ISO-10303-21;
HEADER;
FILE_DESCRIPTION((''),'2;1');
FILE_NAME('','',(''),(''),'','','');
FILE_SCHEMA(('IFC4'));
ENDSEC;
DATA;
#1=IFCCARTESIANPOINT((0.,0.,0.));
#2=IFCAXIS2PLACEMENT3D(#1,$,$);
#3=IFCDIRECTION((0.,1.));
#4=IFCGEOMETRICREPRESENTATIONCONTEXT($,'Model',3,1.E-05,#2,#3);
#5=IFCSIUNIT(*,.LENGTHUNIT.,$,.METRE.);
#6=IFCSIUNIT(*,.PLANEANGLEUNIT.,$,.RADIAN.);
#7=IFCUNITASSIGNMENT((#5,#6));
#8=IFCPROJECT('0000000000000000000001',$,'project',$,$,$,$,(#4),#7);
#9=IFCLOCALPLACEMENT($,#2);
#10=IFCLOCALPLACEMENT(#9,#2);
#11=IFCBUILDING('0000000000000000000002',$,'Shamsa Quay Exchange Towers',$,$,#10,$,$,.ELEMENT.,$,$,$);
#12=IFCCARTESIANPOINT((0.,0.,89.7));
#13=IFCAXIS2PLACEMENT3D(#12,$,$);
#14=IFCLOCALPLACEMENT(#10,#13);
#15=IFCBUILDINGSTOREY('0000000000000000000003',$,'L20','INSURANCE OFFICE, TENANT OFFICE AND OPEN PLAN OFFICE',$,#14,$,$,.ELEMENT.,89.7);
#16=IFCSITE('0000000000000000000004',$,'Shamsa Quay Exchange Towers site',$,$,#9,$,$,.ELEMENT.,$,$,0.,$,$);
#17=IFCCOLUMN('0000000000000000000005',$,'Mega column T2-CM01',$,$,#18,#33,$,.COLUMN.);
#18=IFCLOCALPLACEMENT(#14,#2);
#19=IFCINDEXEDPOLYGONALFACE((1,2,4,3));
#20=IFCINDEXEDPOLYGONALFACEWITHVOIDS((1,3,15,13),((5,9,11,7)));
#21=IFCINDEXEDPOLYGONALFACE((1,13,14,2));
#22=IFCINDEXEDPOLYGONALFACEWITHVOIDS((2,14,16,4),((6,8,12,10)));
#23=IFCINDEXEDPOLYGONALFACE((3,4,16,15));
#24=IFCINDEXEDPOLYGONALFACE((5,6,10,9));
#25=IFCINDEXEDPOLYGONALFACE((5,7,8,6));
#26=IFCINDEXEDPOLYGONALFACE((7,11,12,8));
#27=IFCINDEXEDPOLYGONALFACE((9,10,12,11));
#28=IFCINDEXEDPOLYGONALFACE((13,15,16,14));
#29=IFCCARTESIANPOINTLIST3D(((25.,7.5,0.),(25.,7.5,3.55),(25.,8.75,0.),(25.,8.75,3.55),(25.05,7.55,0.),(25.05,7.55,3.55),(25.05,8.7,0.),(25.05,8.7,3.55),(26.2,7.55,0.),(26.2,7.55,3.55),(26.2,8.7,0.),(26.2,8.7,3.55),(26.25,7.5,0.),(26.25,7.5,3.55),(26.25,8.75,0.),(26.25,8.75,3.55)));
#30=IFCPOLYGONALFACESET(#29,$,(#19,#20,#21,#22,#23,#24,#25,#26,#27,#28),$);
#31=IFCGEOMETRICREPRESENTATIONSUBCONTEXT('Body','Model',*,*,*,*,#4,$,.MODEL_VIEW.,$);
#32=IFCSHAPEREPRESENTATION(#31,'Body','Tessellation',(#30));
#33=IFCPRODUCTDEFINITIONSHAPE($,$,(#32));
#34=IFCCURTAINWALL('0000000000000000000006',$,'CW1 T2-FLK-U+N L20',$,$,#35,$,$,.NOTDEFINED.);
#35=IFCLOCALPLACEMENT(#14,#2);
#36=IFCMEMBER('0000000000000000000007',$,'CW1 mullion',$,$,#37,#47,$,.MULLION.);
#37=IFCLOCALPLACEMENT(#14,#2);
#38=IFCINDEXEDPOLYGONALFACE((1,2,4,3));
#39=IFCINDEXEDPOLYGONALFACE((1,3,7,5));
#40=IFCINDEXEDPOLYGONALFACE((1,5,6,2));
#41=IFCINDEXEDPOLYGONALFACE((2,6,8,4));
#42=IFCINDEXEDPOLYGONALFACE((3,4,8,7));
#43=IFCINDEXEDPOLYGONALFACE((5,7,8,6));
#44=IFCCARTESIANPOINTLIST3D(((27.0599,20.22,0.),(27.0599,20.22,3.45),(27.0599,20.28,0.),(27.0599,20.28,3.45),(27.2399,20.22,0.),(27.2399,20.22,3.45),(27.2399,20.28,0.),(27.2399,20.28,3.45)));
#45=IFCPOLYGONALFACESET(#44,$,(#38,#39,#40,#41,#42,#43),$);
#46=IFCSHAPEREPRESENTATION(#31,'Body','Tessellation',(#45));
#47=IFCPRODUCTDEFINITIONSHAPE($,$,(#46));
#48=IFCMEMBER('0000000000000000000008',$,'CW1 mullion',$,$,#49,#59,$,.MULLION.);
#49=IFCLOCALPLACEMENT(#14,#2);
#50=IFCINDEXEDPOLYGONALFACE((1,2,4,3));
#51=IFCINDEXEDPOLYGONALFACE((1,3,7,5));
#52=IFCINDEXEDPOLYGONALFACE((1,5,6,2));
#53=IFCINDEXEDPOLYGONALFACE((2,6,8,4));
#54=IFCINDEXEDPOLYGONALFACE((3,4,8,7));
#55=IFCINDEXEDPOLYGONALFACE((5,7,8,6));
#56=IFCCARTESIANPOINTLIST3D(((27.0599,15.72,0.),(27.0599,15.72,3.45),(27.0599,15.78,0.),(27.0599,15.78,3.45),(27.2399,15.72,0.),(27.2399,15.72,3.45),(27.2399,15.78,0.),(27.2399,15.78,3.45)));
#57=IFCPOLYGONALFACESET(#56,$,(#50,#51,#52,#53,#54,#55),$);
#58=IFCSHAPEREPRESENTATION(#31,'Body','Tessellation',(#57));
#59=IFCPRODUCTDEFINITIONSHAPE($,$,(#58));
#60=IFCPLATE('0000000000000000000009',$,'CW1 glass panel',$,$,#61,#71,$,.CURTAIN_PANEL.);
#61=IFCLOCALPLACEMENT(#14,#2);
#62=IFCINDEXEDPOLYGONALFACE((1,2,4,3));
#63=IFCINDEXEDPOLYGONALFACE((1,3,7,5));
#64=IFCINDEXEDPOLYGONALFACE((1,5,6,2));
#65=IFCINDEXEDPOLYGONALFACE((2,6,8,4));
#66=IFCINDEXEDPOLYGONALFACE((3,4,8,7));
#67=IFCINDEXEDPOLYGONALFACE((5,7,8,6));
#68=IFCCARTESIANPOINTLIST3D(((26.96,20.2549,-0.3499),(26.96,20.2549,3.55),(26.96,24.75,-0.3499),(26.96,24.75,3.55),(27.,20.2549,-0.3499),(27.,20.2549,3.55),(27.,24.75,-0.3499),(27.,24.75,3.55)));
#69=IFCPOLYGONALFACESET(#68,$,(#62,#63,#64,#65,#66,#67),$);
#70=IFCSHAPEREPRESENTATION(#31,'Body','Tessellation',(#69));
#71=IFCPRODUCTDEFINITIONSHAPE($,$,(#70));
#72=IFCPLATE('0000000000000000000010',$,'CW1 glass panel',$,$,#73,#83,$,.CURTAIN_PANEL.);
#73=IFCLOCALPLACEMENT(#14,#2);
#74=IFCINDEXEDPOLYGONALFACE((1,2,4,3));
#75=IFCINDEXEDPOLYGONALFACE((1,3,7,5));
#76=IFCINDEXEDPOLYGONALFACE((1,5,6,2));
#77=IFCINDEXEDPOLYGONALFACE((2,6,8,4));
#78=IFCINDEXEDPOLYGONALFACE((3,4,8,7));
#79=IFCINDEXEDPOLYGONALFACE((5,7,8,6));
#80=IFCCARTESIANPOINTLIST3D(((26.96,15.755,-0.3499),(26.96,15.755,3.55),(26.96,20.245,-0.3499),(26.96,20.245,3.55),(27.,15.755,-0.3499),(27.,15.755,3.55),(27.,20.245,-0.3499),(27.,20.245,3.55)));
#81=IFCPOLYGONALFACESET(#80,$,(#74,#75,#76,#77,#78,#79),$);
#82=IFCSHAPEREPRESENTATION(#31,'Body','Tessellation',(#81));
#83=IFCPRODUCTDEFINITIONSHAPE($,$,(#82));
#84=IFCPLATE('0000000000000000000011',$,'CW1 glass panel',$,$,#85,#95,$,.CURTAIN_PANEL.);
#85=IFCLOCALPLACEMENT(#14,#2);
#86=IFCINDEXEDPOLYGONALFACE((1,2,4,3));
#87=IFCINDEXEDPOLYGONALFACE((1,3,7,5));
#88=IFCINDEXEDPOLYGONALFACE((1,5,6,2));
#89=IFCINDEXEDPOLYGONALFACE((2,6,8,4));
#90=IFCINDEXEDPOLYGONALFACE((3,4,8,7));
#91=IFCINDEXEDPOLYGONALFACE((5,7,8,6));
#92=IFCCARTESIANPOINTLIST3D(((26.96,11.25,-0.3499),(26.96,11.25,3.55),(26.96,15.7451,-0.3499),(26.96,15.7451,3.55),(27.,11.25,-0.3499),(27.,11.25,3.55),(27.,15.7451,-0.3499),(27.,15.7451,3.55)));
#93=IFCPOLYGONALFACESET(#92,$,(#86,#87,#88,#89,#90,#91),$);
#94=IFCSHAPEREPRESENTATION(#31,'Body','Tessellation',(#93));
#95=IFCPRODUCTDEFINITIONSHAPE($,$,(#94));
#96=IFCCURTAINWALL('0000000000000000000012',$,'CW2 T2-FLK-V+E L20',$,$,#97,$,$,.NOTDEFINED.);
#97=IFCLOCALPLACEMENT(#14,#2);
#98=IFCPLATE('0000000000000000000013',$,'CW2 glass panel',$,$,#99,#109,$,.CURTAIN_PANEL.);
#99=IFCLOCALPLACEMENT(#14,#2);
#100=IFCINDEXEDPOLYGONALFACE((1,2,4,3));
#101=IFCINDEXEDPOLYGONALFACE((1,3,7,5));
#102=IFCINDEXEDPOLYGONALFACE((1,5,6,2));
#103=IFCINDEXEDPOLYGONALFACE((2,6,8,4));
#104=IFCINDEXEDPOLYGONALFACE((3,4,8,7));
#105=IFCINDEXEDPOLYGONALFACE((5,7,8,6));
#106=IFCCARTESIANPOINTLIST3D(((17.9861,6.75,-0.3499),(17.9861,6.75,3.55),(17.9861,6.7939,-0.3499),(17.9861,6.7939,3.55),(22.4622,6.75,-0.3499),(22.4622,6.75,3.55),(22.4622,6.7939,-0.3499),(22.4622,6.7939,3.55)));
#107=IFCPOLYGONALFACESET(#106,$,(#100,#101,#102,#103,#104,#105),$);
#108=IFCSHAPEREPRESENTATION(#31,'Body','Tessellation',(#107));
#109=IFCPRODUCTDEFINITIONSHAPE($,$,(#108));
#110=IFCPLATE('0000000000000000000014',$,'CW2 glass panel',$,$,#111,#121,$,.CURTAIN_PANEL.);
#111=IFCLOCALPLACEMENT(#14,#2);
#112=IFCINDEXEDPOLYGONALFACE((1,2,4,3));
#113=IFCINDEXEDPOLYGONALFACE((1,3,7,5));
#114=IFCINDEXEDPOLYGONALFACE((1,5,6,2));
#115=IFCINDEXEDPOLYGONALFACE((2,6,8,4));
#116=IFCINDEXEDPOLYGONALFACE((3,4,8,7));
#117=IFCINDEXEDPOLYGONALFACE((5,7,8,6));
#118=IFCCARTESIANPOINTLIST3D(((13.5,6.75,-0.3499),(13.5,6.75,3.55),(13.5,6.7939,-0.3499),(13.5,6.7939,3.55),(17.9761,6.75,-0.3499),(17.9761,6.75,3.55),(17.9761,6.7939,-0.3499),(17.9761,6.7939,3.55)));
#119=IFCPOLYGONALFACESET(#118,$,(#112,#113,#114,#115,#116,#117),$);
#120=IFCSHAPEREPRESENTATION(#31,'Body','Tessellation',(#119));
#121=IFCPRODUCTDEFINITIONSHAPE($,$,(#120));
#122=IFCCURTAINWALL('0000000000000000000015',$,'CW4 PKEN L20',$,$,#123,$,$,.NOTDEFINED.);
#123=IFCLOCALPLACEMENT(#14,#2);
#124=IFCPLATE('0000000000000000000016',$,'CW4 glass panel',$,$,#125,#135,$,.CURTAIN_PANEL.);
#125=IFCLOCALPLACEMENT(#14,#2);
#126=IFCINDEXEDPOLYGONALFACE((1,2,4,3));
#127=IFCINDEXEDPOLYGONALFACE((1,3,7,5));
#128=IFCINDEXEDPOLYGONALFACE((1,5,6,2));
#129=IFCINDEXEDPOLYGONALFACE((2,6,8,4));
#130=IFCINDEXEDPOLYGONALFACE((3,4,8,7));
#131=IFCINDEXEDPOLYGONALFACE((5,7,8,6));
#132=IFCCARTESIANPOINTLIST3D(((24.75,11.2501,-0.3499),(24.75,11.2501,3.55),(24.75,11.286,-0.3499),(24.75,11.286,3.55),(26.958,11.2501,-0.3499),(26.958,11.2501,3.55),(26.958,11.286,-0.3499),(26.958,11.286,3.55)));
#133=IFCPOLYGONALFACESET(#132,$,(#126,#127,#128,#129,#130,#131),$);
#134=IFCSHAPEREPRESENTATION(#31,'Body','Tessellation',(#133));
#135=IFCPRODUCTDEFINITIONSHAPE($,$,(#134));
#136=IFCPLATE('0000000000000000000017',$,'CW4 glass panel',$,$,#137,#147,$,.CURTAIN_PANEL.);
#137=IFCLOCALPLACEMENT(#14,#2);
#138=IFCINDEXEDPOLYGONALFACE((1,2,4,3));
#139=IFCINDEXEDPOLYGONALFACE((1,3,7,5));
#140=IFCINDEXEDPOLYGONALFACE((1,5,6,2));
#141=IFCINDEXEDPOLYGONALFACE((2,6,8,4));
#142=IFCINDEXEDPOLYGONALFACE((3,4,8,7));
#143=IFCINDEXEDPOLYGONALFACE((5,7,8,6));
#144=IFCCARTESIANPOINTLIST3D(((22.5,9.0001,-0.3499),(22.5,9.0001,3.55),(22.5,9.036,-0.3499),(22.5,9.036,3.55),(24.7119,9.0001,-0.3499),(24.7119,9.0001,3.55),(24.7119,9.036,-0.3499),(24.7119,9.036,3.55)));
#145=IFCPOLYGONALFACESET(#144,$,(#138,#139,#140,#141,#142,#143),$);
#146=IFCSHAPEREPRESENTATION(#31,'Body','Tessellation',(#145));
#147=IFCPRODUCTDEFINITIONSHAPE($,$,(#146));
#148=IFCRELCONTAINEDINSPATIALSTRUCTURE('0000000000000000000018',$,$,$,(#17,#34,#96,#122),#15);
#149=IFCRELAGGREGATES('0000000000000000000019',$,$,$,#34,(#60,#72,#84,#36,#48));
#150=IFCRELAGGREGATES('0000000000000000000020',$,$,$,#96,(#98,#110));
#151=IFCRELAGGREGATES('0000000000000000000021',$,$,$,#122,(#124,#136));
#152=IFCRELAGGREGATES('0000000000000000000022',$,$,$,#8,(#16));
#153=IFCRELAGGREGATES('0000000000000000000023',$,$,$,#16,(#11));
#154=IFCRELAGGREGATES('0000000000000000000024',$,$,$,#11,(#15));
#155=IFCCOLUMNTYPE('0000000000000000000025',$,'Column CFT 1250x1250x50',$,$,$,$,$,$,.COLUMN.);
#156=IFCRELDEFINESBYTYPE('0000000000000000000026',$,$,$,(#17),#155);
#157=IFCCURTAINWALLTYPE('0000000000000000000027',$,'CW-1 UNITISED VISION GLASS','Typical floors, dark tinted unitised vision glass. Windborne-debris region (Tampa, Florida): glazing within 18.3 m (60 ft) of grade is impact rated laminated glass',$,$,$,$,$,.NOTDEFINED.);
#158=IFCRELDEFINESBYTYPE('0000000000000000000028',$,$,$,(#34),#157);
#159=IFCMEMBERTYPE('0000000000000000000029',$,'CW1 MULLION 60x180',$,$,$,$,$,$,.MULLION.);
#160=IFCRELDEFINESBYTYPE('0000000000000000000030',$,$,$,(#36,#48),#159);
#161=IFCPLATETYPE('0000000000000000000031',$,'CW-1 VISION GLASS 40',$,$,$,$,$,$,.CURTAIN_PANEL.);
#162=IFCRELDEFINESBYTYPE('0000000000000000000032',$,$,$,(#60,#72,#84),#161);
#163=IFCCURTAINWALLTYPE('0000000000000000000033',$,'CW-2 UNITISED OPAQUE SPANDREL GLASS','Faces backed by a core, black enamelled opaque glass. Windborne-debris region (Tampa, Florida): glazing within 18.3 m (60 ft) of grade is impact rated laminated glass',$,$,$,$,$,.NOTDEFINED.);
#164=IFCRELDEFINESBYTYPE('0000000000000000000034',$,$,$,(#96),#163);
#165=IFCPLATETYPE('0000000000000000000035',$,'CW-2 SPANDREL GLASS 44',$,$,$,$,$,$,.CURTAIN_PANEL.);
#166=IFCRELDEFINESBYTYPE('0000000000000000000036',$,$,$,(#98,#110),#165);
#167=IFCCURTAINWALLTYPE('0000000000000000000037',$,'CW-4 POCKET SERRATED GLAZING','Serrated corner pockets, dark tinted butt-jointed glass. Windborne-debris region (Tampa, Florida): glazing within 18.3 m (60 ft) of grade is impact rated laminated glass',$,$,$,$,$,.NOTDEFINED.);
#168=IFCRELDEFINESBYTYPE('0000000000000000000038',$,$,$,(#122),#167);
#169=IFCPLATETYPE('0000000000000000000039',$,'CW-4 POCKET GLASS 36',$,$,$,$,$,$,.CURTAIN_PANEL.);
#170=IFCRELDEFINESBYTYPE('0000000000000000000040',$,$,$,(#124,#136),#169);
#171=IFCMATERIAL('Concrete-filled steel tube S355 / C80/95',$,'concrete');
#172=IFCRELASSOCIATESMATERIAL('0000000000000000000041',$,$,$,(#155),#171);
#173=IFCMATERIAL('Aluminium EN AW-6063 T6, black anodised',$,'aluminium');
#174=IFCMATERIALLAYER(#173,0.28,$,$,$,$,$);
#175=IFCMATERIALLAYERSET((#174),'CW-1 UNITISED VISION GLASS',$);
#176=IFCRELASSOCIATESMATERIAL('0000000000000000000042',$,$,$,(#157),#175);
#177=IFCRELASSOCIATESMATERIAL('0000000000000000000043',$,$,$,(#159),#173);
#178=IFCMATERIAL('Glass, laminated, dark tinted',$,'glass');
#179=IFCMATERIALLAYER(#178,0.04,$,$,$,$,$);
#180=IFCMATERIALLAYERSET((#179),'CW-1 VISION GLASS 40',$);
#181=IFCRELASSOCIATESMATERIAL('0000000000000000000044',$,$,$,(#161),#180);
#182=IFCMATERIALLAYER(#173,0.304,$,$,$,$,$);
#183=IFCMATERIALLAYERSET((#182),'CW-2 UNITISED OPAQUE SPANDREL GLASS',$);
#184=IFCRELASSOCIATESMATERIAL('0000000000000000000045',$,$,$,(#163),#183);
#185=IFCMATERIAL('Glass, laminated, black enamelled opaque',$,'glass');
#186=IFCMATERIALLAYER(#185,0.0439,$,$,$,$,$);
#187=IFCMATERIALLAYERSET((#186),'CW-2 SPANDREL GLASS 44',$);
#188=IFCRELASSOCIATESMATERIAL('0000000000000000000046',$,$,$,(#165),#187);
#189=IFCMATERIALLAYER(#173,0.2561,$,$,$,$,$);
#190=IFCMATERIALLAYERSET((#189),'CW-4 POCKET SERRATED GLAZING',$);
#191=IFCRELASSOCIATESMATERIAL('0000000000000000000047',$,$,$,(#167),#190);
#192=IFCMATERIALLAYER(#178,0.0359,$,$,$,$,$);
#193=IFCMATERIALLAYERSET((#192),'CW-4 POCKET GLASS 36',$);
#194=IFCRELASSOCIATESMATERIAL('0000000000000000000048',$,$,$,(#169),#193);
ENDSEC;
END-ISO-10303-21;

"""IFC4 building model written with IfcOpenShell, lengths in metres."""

from ifc_helpers import new_model, si_unit, direction, frame, origin, origin_2d, place, context, subcontext, project, spatial, rectangle, hollow_rectangle, extrude, material, layer, layer_set, material_profile, profile_set, type_object, element, aggregate, save


model = new_model("IFC4")

# Units and contexts
model_context = context("Model", 3, precision=1e-05, world=origin(), true_north=direction((0.0, 1.0)))
body_context = subcontext(model_context, "Body", "Model", "MODEL_VIEW")
ifc_project = project(units=[si_unit("LENGTHUNIT", "METRE"), si_unit("PLANEANGLEUNIT", "RADIAN")], contexts=[model_context])

# Site, building, storey
site_placement = place(None, origin())
site = spatial("IfcSite", under=ifc_project, at=site_placement, Name="Shamsa Quay Exchange Towers site", CompositionType="ELEMENT", RefElevation=0.0)
building_placement = place(site_placement, origin())
building = spatial("IfcBuilding", under=site, at=building_placement, Name="Shamsa Quay Exchange Towers", CompositionType="ELEMENT")
storey_placement = place(building_placement, frame((0.0, 0.0, 89.7)))
storey = spatial("IfcBuildingStorey", under=building, at=storey_placement, Name="L20", Description="INSURANCE OFFICE, TENANT OFFICE AND OPEN PLAN OFFICE", CompositionType="ELEMENT", Elevation=89.7)

# Column
ifc_material_1 = material(Name="Concrete-filled steel tube S355 / C80/95", Category="concrete")
ifc_material_profile_1 = material_profile(ifc_material_1, hollow_rectangle(XDim=1.25, YDim=1.25, WallThickness=0.05, at=origin_2d()), Name="CFT 1250x1250x50")
ifc_profile_set_1 = profile_set([ifc_material_profile_1], Name="Concrete-filled steel tube S355 / C80/95")
column_type = type_object("IfcColumnType", Name="Column CFT 1250x1250x50", PredefinedType="COLUMN", material=ifc_profile_set_1)
column_placement = place(storey_placement, frame((25.625, 8.125, 0.0)))
element("IfcColumn", 1, at=column_placement, inside=storey, type_object=column_type, Name="Mega column T2-CM01", PredefinedType="COLUMN", context=body_context, shape_type="SweptSolid", body=[
    extrude(hollow_rectangle(XDim=1.25, YDim=1.25, WallThickness=0.05, at=origin_2d()), origin(), (0.0, 0.0, 1.0), 3.55),
])

# Curtain wall, members, plates
ifc_material_2 = material(Name="Aluminium EN AW-6063 T6, black anodised", Category="aluminium")
ifc_layer_1 = layer(ifc_material_2, 0.28)
ifc_layer_set_1 = layer_set([ifc_layer_1], Name="CW-1 UNITISED VISION GLASS")
curtain_wall_type_1 = type_object("IfcCurtainWallType", Name="CW-1 UNITISED VISION GLASS", Description="Typical floors, dark tinted unitised vision glass. Windborne-debris region (Tampa, Florida): glazing within 18.3 m (60 ft) of grade is impact rated laminated glass", PredefinedType="NOTDEFINED", material=ifc_layer_set_1)
curtain_wall_1_placement = place(storey_placement, origin())
curtain_wall_1 = element("IfcCurtainWall", 2, at=curtain_wall_1_placement, inside=storey, type_object=curtain_wall_type_1, Name="CW1 T2-FLK-U+N L20", PredefinedType="NOTDEFINED")
ifc_material_profile_2 = material_profile(ifc_material_2, rectangle(XDim=0.1799, YDim=0.0601, at=origin_2d()), Name="MU60x180")
ifc_profile_set_2 = profile_set([ifc_material_profile_2], Name="Aluminium EN AW-6063 T6, black anodised")
member_type = type_object("IfcMemberType", Name="CW1 MULLION 60x180", PredefinedType="MULLION", material=ifc_profile_set_2)
member_1_placement = place(storey_placement, frame((27.1499, 20.25, 0.0)))
member_1 = element("IfcMember", 3, at=member_1_placement, type_object=member_type, Name="CW1 mullion", PredefinedType="MULLION", context=body_context, shape_type="SweptSolid", body=[
    extrude(rectangle(XDim=0.1799, YDim=0.0601, at=origin_2d()), origin(), (0.0, 0.0, 1.0), 3.45),
])
member_2_placement = place(storey_placement, frame((27.1499, 15.75, 0.0)))
member_2 = element("IfcMember", 4, at=member_2_placement, type_object=member_type, Name="CW1 mullion", PredefinedType="MULLION", context=body_context, shape_type="SweptSolid", body=[
    extrude(rectangle(XDim=0.1799, YDim=0.0601, at=origin_2d()), origin(), (0.0, 0.0, 1.0), 3.45),
])
ifc_material_3 = material(Name="Glass, laminated, dark tinted", Category="glass")
ifc_layer_2 = layer(ifc_material_3, 0.04)
ifc_layer_set_2 = layer_set([ifc_layer_2], Name="CW-1 VISION GLASS 40")
plate_type_1 = type_object("IfcPlateType", Name="CW-1 VISION GLASS 40", PredefinedType="CURTAIN_PANEL", material=ifc_layer_set_2)
plate_1_placement = place(storey_placement, frame((26.98, 22.5024, -0.3499), z_axis=(0.0, 0.0, 1.0), x_axis=(0.0, -1.0, 0.0)))
plate_1 = element("IfcPlate", 5, at=plate_1_placement, type_object=plate_type_1, Name="CW1 glass panel", PredefinedType="CURTAIN_PANEL", context=body_context, shape_type="SweptSolid", body=[
    extrude(rectangle(XDim=4.4951, YDim=0.04, at=origin_2d()), origin(), (0.0, 0.0, 1.0), 3.8999),
])
plate_2_placement = place(storey_placement, frame((26.98, 18.0, -0.3499), z_axis=(0.0, 0.0, 1.0), x_axis=(0.0, -1.0, 0.0)))
plate_2 = element("IfcPlate", 6, at=plate_2_placement, type_object=plate_type_1, Name="CW1 glass panel", PredefinedType="CURTAIN_PANEL", context=body_context, shape_type="SweptSolid", body=[
    extrude(rectangle(XDim=4.49, YDim=0.04, at=origin_2d()), origin(), (0.0, 0.0, 1.0), 3.8999),
])
plate_3_placement = place(storey_placement, frame((26.98, 13.4976, -0.3499), z_axis=(0.0, 0.0, 1.0), x_axis=(0.0, -1.0, 0.0)))
plate_3 = element("IfcPlate", 7, at=plate_3_placement, type_object=plate_type_1, Name="CW1 glass panel", PredefinedType="CURTAIN_PANEL", context=body_context, shape_type="SweptSolid", body=[
    extrude(rectangle(XDim=4.4951, YDim=0.04, at=origin_2d()), origin(), (0.0, 0.0, 1.0), 3.8999),
])
aggregate(curtain_wall_1, [plate_1, plate_2, plate_3, member_1, member_2])

# Curtain walls, plates
ifc_layer_3 = layer(ifc_material_2, 0.304)
ifc_layer_set_3 = layer_set([ifc_layer_3], Name="CW-2 UNITISED OPAQUE SPANDREL GLASS")
curtain_wall_type_2 = type_object("IfcCurtainWallType", Name="CW-2 UNITISED OPAQUE SPANDREL GLASS", Description="Faces backed by a core, black enamelled opaque glass. Windborne-debris region (Tampa, Florida): glazing within 18.3 m (60 ft) of grade is impact rated laminated glass", PredefinedType="NOTDEFINED", material=ifc_layer_set_3)
curtain_wall_2_placement = place(storey_placement, origin())
curtain_wall_2 = element("IfcCurtainWall", 8, at=curtain_wall_2_placement, inside=storey, type_object=curtain_wall_type_2, Name="CW2 T2-FLK-V+E L20", PredefinedType="NOTDEFINED")
ifc_material_4 = material(Name="Glass, laminated, black enamelled opaque", Category="glass")
ifc_layer_4 = layer(ifc_material_4, 0.0439)
ifc_layer_set_4 = layer_set([ifc_layer_4], Name="CW-2 SPANDREL GLASS 44")
plate_type_2 = type_object("IfcPlateType", Name="CW-2 SPANDREL GLASS 44", PredefinedType="CURTAIN_PANEL", material=ifc_layer_set_4)
plate_4_placement = place(storey_placement, frame((20.2241, 6.772, -0.3499), z_axis=(0.0, 0.0, 1.0), x_axis=(-1.0, 0.0, 0.0)))
plate_4 = element("IfcPlate", 9, at=plate_4_placement, type_object=plate_type_2, Name="CW2 glass panel", PredefinedType="CURTAIN_PANEL", context=body_context, shape_type="SweptSolid", body=[
    extrude(rectangle(XDim=4.4761, YDim=0.0439, at=origin_2d()), origin(), (0.0, 0.0, 1.0), 3.8999),
])
plate_5_placement = place(storey_placement, frame((15.738, 6.772, -0.3499), z_axis=(0.0, 0.0, 1.0), x_axis=(-1.0, 0.0, 0.0)))
plate_5 = element("IfcPlate", 10, at=plate_5_placement, type_object=plate_type_2, Name="CW2 glass panel", PredefinedType="CURTAIN_PANEL", context=body_context, shape_type="SweptSolid", body=[
    extrude(rectangle(XDim=4.4761, YDim=0.0439, at=origin_2d()), origin(), (0.0, 0.0, 1.0), 3.8999),
])
aggregate(curtain_wall_2, [plate_4, plate_5])
ifc_layer_5 = layer(ifc_material_2, 0.2561)
ifc_layer_set_5 = layer_set([ifc_layer_5], Name="CW-4 POCKET SERRATED GLAZING")
curtain_wall_type_3 = type_object("IfcCurtainWallType", Name="CW-4 POCKET SERRATED GLAZING", Description="Serrated corner pockets, dark tinted butt-jointed glass. Windborne-debris region (Tampa, Florida): glazing within 18.3 m (60 ft) of grade is impact rated laminated glass", PredefinedType="NOTDEFINED", material=ifc_layer_set_5)
curtain_wall_3_placement = place(storey_placement, origin())
curtain_wall_3 = element("IfcCurtainWall", 11, at=curtain_wall_3_placement, inside=storey, type_object=curtain_wall_type_3, Name="CW4 PKEN L20", PredefinedType="NOTDEFINED")
ifc_layer_6 = layer(ifc_material_3, 0.0359)
ifc_layer_set_6 = layer_set([ifc_layer_6], Name="CW-4 POCKET GLASS 36")
plate_type_3 = type_object("IfcPlateType", Name="CW-4 POCKET GLASS 36", PredefinedType="CURTAIN_PANEL", material=ifc_layer_set_6)
plate_6_placement = place(storey_placement, frame((25.854, 11.2681, -0.3499), z_axis=(0.0, 0.0, 1.0), x_axis=(-1.0, 0.0, 0.0)))
plate_6 = element("IfcPlate", 12, at=plate_6_placement, type_object=plate_type_3, Name="CW4 glass panel", PredefinedType="CURTAIN_PANEL", context=body_context, shape_type="SweptSolid", body=[
    extrude(rectangle(XDim=2.208, YDim=0.0359, at=origin_2d()), origin(), (0.0, 0.0, 1.0), 3.8999),
])
plate_7_placement = place(storey_placement, frame((23.606, 9.0181, -0.3499), z_axis=(0.0, 0.0, 1.0), x_axis=(-1.0, 0.0, 0.0)))
plate_7 = element("IfcPlate", 13, at=plate_7_placement, type_object=plate_type_3, Name="CW4 glass panel", PredefinedType="CURTAIN_PANEL", context=body_context, shape_type="SweptSolid", body=[
    extrude(rectangle(XDim=2.2119, YDim=0.0359, at=origin_2d()), origin(), (0.0, 0.0, 1.0), 3.8999),
])
aggregate(curtain_wall_3, [plate_6, plate_7])

save(model, "model.ifc")
